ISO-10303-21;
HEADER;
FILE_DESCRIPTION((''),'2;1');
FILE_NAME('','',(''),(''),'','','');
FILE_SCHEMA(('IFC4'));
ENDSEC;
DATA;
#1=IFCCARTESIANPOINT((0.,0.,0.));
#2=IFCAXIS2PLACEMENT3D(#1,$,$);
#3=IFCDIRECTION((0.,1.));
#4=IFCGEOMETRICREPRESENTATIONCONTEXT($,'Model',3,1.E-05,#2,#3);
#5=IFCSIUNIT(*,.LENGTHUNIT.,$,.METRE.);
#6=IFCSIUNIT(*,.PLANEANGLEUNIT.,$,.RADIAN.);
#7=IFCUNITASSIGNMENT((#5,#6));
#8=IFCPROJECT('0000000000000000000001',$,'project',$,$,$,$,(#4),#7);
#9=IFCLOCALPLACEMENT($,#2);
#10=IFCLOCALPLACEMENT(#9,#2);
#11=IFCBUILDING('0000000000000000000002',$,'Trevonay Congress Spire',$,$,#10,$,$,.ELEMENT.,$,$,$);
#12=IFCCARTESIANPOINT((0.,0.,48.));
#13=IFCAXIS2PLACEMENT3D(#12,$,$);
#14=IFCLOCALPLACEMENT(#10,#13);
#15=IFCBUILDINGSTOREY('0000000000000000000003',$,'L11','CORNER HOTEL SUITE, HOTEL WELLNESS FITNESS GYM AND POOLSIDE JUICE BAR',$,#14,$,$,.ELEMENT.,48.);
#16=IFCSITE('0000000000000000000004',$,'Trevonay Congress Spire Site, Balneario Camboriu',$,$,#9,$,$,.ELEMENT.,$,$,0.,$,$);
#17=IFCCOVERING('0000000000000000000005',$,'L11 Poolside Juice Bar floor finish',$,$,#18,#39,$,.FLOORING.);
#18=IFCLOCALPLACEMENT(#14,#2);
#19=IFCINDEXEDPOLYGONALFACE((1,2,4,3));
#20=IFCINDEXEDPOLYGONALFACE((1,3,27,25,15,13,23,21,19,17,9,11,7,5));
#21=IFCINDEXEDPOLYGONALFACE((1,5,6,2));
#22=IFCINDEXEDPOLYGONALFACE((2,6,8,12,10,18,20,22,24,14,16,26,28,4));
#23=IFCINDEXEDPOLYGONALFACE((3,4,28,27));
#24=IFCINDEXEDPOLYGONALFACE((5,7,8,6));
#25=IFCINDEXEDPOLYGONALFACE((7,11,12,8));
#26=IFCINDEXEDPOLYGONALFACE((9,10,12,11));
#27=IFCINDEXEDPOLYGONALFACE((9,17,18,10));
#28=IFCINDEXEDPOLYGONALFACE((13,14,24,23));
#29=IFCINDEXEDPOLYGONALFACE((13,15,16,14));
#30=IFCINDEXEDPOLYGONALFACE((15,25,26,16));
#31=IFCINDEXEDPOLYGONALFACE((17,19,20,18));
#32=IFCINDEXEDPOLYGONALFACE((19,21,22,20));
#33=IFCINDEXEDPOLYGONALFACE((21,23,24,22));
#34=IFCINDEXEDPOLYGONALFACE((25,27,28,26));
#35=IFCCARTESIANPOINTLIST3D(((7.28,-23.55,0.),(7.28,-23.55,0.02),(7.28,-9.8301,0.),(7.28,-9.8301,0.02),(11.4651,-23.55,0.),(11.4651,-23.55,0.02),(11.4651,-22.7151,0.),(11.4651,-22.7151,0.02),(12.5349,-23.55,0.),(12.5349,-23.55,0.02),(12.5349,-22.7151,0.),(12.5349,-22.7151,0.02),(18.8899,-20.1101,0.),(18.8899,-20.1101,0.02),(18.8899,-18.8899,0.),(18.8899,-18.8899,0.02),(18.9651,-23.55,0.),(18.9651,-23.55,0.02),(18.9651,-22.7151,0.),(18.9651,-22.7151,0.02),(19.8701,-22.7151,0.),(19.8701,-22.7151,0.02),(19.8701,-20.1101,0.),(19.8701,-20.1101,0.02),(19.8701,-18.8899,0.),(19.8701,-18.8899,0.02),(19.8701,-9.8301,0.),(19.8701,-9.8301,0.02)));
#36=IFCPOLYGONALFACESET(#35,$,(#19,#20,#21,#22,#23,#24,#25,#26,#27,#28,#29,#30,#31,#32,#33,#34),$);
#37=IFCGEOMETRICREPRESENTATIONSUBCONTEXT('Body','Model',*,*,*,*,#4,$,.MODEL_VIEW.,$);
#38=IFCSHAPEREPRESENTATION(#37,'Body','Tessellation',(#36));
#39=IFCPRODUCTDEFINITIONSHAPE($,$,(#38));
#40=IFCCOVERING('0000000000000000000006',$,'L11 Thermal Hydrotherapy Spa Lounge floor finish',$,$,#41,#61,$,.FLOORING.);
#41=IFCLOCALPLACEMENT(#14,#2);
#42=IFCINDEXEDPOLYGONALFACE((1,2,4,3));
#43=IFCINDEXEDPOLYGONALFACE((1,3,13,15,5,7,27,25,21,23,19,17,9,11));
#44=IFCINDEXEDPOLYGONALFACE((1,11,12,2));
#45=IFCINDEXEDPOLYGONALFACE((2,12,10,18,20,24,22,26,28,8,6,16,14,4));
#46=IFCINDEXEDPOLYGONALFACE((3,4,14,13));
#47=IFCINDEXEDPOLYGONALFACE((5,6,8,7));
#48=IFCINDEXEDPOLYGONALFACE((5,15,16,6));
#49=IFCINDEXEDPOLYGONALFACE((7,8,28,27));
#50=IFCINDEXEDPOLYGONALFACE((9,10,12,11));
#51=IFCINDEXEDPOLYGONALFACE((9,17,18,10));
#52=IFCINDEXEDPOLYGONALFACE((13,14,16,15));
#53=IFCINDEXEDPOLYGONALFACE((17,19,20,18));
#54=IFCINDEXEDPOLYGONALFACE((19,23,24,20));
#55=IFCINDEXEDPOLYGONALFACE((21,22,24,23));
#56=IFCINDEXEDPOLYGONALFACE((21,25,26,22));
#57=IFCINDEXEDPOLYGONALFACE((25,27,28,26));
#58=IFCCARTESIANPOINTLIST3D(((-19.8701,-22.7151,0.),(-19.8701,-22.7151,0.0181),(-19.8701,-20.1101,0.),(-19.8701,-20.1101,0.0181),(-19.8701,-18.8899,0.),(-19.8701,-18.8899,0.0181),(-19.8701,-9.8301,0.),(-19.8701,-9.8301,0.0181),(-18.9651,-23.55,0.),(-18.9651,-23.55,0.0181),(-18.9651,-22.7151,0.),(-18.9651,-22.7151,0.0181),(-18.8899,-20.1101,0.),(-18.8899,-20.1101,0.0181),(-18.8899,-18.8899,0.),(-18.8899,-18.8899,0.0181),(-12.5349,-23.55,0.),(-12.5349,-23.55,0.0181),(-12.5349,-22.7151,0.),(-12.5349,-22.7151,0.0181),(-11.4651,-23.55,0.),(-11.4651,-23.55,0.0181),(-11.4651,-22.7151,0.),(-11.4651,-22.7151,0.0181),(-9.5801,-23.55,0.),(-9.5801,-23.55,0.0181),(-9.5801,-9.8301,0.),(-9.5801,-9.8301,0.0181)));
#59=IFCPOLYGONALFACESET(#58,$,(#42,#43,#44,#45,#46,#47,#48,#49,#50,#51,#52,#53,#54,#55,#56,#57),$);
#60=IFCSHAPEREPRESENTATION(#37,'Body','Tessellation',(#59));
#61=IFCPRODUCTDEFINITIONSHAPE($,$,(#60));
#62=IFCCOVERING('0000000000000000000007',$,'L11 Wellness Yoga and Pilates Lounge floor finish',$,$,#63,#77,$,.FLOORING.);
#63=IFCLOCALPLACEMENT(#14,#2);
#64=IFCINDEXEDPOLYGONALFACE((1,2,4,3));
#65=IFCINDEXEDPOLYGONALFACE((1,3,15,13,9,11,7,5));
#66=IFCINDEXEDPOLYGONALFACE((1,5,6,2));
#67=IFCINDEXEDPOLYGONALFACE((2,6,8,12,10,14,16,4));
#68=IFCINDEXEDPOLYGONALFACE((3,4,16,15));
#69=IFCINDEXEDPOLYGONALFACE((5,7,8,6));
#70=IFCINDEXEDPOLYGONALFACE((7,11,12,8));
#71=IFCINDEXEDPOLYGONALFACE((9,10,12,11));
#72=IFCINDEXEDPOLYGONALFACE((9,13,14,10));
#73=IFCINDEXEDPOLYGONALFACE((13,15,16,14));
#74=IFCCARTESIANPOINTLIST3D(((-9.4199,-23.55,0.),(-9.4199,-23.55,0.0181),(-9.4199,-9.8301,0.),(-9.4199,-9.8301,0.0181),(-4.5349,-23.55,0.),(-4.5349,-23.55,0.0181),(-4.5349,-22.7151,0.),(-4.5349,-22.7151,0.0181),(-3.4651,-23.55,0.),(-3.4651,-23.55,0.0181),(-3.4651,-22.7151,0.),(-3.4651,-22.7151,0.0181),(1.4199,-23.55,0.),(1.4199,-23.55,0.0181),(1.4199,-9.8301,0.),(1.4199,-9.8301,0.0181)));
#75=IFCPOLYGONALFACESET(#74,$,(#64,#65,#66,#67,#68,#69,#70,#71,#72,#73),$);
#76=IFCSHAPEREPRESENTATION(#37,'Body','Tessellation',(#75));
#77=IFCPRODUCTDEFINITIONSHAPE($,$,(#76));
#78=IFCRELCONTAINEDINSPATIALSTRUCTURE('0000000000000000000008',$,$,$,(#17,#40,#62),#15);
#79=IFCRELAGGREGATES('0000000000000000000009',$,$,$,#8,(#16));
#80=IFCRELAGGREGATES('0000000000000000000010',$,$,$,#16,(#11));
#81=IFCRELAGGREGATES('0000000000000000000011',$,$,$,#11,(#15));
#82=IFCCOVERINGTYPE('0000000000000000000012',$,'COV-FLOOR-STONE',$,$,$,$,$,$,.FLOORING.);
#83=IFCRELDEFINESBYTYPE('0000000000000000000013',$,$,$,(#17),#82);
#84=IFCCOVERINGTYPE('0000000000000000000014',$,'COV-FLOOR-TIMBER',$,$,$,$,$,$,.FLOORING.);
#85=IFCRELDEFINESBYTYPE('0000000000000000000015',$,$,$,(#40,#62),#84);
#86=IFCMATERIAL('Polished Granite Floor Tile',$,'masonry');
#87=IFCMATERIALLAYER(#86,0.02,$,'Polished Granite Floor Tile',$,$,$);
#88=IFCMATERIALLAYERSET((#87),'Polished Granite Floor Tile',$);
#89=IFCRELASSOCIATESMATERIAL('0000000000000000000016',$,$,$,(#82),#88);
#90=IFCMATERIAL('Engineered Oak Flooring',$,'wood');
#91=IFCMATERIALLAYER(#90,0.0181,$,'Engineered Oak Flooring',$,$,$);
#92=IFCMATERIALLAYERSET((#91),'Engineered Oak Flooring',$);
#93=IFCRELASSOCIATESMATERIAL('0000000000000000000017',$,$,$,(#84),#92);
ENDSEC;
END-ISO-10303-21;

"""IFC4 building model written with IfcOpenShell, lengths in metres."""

from ifc_helpers import new_model, si_unit, direction, frame, origin, place, context, subcontext, project, spatial, polyline, outline, extrude, material, layer, layer_set, type_object, element, save


model = new_model("IFC4")

# Units and contexts
model_context = context("Model", 3, precision=1e-05, world=origin(), true_north=direction((0.0, 1.0)))
body_context = subcontext(model_context, "Body", "Model", "MODEL_VIEW")
ifc_project = project(units=[si_unit("LENGTHUNIT", "METRE"), si_unit("PLANEANGLEUNIT", "RADIAN")], contexts=[model_context])

# Site, building, storey
site_placement = place(None, origin())
site = spatial("IfcSite", under=ifc_project, at=site_placement, Name="Trevonay Congress Spire Site, Balneario Camboriu", CompositionType="ELEMENT", RefElevation=0.0)
building_placement = place(site_placement, origin())
building = spatial("IfcBuilding", under=site, at=building_placement, Name="Trevonay Congress Spire", CompositionType="ELEMENT")
storey_placement = place(building_placement, frame((0.0, 0.0, 48.0)))
storey = spatial("IfcBuildingStorey", under=building, at=storey_placement, Name="L11", Description="CORNER HOTEL SUITE, HOTEL WELLNESS FITNESS GYM AND POOLSIDE JUICE BAR", CompositionType="ELEMENT", Elevation=48.0)

# Coverings
ifc_material_1 = material(Name="Polished Granite Floor Tile", Category="masonry")
ifc_layer_1 = layer(ifc_material_1, 0.02, Name="Polished Granite Floor Tile")
ifc_layer_set_1 = layer_set([ifc_layer_1], Name="Polished Granite Floor Tile")
covering_type_1 = type_object("IfcCoveringType", Name="COV-FLOOR-STONE", PredefinedType="FLOORING", material=ifc_layer_set_1)
covering_1_placement = place(storey_placement, origin())
element("IfcCovering", 1, at=covering_1_placement, inside=storey, type_object=covering_type_1, Name="L11 Poolside Juice Bar floor finish", PredefinedType="FLOORING", context=body_context, shape_type="SweptSolid", body=[
    extrude(outline(polyline([(7.28, -23.55), (7.28, -9.8301), (19.8701, -9.8301), (19.8701, -18.8899), (18.8899, -18.8899), (18.8899, -20.1101), (19.8701, -20.1101), (19.8701, -22.7151), (18.9651, -22.7151), (18.9651, -23.55), (12.5349, -23.55), (12.5349, -22.7151), (11.4651, -22.7151), (11.4651, -23.55), (7.28, -23.55)])), origin(), (0.0, 0.0, 1.0), 0.02),
])
ifc_material_2 = material(Name="Engineered Oak Flooring", Category="wood")
ifc_layer_2 = layer(ifc_material_2, 0.0181, Name="Engineered Oak Flooring")
ifc_layer_set_2 = layer_set([ifc_layer_2], Name="Engineered Oak Flooring")
covering_type_2 = type_object("IfcCoveringType", Name="COV-FLOOR-TIMBER", PredefinedType="FLOORING", material=ifc_layer_set_2)
covering_2_placement = place(storey_placement, origin())
element("IfcCovering", 2, at=covering_2_placement, inside=storey, type_object=covering_type_2, Name="L11 Thermal Hydrotherapy Spa Lounge floor finish", PredefinedType="FLOORING", context=body_context, shape_type="SweptSolid", body=[
    extrude(outline(polyline([(-18.9651, -23.55), (-18.9651, -22.7151), (-19.8701, -22.7151), (-19.8701, -20.1101), (-18.8899, -20.1101), (-18.8899, -18.8899), (-19.8701, -18.8899), (-19.8701, -9.8301), (-9.5801, -9.8301), (-9.5801, -23.55), (-11.4651, -23.55), (-11.4651, -22.7151), (-12.5349, -22.7151), (-12.5349, -23.55), (-18.9651, -23.55)])), origin(), (0.0, 0.0, 1.0), 0.0181),
])
covering_3_placement = place(storey_placement, origin())
element("IfcCovering", 3, at=covering_3_placement, inside=storey, type_object=covering_type_2, Name="L11 Wellness Yoga and Pilates Lounge floor finish", PredefinedType="FLOORING", context=body_context, shape_type="SweptSolid", body=[
    extrude(outline(polyline([(-9.4199, -23.55), (-9.4199, -9.8301), (1.4199, -9.8301), (1.4199, -23.55), (-3.4651, -23.55), (-3.4651, -22.7151), (-4.5349, -22.7151), (-4.5349, -23.55), (-9.4199, -23.55)])), origin(), (0.0, 0.0, 1.0), 0.0181),
])

save(model, "model.ifc")
